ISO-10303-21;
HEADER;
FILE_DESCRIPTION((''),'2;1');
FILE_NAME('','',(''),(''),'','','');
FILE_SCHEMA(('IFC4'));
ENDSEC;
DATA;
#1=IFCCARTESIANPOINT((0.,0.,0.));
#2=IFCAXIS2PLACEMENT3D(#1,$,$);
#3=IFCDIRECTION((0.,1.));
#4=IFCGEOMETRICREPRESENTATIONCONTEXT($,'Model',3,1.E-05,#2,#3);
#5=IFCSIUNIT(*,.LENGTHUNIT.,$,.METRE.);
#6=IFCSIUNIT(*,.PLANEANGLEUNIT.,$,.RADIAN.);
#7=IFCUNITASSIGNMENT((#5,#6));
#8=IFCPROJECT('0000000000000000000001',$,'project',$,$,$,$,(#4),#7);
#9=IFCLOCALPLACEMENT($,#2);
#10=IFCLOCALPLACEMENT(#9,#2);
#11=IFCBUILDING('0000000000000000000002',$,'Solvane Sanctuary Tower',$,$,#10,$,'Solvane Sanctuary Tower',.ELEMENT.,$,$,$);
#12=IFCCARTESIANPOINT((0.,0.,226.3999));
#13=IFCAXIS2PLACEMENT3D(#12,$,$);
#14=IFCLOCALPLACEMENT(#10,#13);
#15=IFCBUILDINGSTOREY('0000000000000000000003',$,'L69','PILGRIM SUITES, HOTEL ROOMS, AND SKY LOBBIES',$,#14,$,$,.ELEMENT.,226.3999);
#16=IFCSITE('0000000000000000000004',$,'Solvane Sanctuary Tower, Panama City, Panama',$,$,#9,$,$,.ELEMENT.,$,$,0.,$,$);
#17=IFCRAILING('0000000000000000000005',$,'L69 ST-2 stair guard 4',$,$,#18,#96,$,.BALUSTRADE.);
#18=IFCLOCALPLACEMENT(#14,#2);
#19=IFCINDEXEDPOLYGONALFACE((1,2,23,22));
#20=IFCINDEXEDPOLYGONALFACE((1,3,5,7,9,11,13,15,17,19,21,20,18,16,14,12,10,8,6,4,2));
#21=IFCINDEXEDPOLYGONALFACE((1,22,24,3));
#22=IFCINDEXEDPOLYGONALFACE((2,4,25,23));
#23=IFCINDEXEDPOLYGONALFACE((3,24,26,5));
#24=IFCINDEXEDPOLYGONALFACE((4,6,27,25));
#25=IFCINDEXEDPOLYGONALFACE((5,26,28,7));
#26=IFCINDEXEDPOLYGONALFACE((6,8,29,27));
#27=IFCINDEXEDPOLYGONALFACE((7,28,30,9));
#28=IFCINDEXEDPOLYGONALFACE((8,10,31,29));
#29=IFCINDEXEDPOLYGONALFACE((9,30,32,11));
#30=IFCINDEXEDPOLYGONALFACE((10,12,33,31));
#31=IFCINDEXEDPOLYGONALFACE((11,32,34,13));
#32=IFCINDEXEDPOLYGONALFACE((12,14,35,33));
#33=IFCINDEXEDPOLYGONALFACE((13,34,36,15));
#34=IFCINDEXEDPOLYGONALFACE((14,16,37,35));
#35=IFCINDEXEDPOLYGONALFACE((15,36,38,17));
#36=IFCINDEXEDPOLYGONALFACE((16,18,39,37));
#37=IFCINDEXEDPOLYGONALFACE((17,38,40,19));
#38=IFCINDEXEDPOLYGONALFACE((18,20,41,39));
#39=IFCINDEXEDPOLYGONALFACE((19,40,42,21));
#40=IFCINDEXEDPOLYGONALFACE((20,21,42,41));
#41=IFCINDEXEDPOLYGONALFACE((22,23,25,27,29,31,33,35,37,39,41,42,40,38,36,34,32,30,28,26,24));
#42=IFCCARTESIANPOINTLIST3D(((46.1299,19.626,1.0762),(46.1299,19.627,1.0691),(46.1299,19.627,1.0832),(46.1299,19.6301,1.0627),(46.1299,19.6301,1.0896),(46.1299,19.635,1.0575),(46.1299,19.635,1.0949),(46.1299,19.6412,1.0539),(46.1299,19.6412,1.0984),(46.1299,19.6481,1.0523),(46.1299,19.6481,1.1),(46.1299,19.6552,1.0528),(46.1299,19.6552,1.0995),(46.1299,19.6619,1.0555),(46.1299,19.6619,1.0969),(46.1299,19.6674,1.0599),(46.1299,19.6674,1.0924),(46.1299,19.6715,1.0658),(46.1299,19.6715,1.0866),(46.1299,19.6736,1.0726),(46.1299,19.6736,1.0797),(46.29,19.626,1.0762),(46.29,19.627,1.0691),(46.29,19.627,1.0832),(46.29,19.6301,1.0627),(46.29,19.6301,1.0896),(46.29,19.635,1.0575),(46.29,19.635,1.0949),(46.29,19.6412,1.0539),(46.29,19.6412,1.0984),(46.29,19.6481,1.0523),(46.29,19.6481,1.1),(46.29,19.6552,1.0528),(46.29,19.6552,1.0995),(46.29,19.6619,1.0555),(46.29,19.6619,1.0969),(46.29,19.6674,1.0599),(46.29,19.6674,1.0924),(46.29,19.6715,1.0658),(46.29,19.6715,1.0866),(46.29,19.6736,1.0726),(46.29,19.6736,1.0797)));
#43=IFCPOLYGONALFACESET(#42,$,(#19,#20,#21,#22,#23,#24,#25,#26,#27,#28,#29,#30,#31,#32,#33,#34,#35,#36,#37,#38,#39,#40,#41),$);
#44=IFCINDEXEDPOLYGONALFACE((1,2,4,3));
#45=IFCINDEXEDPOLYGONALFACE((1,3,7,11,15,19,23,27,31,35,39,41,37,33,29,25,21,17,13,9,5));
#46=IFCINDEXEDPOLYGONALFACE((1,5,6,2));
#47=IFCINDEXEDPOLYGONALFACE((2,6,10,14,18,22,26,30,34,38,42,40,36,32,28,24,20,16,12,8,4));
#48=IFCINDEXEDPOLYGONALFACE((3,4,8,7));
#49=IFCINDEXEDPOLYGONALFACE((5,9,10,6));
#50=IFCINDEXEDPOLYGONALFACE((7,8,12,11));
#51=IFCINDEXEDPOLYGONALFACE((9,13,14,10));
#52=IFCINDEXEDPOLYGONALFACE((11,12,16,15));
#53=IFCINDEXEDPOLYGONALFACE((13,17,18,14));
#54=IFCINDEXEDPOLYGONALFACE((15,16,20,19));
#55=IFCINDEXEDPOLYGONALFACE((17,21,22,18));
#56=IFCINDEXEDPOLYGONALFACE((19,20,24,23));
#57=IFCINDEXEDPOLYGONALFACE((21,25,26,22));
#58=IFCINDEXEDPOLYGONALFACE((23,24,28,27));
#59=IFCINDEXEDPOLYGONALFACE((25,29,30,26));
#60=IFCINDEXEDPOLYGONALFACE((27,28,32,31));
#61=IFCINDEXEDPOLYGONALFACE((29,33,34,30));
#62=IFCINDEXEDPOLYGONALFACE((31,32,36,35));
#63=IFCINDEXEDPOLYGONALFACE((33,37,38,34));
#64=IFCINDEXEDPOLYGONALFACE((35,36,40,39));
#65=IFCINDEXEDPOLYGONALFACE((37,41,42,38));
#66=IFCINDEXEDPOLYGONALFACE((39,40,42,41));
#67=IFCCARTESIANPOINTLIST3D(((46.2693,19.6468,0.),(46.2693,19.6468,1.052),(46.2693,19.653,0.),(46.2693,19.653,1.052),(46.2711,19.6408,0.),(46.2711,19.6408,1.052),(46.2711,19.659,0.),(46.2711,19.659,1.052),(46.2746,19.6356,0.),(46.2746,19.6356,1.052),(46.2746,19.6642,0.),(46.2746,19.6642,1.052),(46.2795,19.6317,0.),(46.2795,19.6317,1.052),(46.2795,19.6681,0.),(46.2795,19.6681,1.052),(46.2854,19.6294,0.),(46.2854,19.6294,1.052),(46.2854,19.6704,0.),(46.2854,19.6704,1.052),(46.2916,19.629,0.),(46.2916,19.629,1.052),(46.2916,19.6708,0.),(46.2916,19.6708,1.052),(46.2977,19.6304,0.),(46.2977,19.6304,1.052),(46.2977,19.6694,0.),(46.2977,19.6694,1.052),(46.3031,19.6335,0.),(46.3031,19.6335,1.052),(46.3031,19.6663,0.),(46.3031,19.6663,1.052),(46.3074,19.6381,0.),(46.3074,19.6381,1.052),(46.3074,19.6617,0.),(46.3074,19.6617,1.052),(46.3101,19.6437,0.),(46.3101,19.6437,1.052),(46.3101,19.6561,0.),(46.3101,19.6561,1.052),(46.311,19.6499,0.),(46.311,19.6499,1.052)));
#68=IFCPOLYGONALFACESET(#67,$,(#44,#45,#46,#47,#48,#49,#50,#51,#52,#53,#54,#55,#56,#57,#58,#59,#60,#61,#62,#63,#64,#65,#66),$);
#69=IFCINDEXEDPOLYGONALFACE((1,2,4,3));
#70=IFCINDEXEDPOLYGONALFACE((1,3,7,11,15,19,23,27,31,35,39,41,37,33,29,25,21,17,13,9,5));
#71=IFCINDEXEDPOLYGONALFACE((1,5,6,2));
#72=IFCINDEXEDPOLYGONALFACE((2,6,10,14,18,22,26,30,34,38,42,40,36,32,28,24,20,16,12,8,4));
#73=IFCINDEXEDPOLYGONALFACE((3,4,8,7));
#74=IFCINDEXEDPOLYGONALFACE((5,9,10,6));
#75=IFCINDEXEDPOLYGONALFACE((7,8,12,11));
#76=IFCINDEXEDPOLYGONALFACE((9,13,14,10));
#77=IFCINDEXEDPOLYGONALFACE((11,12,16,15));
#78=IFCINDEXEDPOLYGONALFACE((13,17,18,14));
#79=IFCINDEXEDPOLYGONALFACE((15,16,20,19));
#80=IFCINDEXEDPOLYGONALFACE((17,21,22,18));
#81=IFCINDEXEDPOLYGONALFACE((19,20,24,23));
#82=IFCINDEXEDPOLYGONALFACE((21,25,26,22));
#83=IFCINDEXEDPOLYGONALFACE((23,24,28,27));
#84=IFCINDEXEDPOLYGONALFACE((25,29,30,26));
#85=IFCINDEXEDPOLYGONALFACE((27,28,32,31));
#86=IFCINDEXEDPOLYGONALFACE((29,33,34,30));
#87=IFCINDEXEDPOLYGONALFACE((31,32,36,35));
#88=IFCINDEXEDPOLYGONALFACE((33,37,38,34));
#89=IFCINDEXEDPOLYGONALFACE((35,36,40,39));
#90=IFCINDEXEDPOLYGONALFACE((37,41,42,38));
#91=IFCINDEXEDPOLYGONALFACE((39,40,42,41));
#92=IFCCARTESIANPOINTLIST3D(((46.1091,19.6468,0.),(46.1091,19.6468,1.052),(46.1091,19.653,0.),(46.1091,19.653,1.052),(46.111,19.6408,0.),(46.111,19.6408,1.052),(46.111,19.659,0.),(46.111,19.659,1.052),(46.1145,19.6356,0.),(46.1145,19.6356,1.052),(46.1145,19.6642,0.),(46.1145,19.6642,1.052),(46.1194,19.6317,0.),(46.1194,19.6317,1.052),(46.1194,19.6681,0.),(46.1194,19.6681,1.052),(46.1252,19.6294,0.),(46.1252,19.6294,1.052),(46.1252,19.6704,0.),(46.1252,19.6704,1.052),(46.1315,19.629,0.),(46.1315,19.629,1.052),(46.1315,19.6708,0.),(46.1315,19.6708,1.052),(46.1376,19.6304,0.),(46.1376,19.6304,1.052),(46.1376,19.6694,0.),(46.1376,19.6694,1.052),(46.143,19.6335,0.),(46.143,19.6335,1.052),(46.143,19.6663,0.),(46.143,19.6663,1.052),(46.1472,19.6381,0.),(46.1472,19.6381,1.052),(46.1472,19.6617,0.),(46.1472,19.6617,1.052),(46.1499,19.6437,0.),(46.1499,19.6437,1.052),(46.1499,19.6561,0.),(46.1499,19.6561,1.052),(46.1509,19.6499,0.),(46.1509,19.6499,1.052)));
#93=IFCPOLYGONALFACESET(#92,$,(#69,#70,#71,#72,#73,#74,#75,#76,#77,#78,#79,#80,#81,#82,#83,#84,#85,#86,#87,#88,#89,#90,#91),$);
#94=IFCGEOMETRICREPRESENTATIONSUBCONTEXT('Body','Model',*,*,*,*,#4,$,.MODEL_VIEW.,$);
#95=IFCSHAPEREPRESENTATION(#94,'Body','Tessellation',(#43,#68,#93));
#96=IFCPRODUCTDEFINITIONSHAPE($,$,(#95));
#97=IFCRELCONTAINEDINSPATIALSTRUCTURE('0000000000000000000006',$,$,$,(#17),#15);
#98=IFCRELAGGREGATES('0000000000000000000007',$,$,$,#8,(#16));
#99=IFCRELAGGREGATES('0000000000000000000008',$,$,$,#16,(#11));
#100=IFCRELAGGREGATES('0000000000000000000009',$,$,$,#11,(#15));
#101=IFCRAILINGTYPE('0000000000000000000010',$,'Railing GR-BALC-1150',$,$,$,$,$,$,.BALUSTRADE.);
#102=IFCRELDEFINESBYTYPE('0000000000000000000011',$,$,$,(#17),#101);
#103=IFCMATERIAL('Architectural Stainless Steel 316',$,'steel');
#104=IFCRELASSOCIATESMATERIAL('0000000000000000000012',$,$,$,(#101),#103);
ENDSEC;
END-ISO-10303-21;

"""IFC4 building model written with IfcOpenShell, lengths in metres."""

from ifc_helpers import new_model, si_unit, direction, frame, origin, origin_2d, place, context, subcontext, project, spatial, circle, extrude, material, type_object, element, save


model = new_model("IFC4")

# Units and contexts
model_context = context("Model", 3, precision=1e-05, world=origin(), true_north=direction((0.0, 1.0)))
body_context = subcontext(model_context, "Body", "Model", "MODEL_VIEW")
ifc_project = project(units=[si_unit("LENGTHUNIT", "METRE"), si_unit("PLANEANGLEUNIT", "RADIAN")], contexts=[model_context])

# Site, building, storey
site_placement = place(None, origin())
site = spatial("IfcSite", under=ifc_project, at=site_placement, Name="Solvane Sanctuary Tower, Panama City, Panama", CompositionType="ELEMENT", RefElevation=0.0)
building_placement = place(site_placement, origin())
building = spatial("IfcBuilding", under=site, at=building_placement, Name="Solvane Sanctuary Tower", LongName="Solvane Sanctuary Tower", CompositionType="ELEMENT")
storey_placement = place(building_placement, frame((0.0, 0.0, 226.3999)))
storey = spatial("IfcBuildingStorey", under=building, at=storey_placement, Name="L69", Description="PILGRIM SUITES, HOTEL ROOMS, AND SKY LOBBIES", CompositionType="ELEMENT", Elevation=226.3999)

# Shared definitions
ifc_material_1 = material(Name="Architectural Stainless Steel 316", Category="steel")

# Railing
railing_type_1 = type_object("IfcRailingType", Name="Railing GR-BALC-1150", PredefinedType="BALUSTRADE", material=ifc_material_1)
railing_1_placement = place(storey_placement, frame((46.29, 19.6499, 0.0)))
element("IfcRailing", 1, at=railing_1_placement, inside=storey, type_object=railing_type_1, Name="L69 ST-2 stair guard 4", PredefinedType="BALUSTRADE", context=body_context, shape_type="SweptSolid", body=[
    extrude(circle(Radius=0.0239, at=origin_2d()), frame((0.0, 0.0, 1.0762), z_axis=(-1.0, 0.0, 0.0), x_axis=(0.0, -1.0, 0.0)), (0.0, 0.0, 1.0), 0.1602),
    extrude(circle(Radius=0.021, at=origin_2d()), origin(), (0.0, 0.0, 1.0), 1.052),
    extrude(circle(Radius=0.021, at=origin_2d()), frame((-0.1602, 0.0, 0.0)), (0.0, 0.0, 1.0), 1.052),
])

save(model, "model.ifc")
